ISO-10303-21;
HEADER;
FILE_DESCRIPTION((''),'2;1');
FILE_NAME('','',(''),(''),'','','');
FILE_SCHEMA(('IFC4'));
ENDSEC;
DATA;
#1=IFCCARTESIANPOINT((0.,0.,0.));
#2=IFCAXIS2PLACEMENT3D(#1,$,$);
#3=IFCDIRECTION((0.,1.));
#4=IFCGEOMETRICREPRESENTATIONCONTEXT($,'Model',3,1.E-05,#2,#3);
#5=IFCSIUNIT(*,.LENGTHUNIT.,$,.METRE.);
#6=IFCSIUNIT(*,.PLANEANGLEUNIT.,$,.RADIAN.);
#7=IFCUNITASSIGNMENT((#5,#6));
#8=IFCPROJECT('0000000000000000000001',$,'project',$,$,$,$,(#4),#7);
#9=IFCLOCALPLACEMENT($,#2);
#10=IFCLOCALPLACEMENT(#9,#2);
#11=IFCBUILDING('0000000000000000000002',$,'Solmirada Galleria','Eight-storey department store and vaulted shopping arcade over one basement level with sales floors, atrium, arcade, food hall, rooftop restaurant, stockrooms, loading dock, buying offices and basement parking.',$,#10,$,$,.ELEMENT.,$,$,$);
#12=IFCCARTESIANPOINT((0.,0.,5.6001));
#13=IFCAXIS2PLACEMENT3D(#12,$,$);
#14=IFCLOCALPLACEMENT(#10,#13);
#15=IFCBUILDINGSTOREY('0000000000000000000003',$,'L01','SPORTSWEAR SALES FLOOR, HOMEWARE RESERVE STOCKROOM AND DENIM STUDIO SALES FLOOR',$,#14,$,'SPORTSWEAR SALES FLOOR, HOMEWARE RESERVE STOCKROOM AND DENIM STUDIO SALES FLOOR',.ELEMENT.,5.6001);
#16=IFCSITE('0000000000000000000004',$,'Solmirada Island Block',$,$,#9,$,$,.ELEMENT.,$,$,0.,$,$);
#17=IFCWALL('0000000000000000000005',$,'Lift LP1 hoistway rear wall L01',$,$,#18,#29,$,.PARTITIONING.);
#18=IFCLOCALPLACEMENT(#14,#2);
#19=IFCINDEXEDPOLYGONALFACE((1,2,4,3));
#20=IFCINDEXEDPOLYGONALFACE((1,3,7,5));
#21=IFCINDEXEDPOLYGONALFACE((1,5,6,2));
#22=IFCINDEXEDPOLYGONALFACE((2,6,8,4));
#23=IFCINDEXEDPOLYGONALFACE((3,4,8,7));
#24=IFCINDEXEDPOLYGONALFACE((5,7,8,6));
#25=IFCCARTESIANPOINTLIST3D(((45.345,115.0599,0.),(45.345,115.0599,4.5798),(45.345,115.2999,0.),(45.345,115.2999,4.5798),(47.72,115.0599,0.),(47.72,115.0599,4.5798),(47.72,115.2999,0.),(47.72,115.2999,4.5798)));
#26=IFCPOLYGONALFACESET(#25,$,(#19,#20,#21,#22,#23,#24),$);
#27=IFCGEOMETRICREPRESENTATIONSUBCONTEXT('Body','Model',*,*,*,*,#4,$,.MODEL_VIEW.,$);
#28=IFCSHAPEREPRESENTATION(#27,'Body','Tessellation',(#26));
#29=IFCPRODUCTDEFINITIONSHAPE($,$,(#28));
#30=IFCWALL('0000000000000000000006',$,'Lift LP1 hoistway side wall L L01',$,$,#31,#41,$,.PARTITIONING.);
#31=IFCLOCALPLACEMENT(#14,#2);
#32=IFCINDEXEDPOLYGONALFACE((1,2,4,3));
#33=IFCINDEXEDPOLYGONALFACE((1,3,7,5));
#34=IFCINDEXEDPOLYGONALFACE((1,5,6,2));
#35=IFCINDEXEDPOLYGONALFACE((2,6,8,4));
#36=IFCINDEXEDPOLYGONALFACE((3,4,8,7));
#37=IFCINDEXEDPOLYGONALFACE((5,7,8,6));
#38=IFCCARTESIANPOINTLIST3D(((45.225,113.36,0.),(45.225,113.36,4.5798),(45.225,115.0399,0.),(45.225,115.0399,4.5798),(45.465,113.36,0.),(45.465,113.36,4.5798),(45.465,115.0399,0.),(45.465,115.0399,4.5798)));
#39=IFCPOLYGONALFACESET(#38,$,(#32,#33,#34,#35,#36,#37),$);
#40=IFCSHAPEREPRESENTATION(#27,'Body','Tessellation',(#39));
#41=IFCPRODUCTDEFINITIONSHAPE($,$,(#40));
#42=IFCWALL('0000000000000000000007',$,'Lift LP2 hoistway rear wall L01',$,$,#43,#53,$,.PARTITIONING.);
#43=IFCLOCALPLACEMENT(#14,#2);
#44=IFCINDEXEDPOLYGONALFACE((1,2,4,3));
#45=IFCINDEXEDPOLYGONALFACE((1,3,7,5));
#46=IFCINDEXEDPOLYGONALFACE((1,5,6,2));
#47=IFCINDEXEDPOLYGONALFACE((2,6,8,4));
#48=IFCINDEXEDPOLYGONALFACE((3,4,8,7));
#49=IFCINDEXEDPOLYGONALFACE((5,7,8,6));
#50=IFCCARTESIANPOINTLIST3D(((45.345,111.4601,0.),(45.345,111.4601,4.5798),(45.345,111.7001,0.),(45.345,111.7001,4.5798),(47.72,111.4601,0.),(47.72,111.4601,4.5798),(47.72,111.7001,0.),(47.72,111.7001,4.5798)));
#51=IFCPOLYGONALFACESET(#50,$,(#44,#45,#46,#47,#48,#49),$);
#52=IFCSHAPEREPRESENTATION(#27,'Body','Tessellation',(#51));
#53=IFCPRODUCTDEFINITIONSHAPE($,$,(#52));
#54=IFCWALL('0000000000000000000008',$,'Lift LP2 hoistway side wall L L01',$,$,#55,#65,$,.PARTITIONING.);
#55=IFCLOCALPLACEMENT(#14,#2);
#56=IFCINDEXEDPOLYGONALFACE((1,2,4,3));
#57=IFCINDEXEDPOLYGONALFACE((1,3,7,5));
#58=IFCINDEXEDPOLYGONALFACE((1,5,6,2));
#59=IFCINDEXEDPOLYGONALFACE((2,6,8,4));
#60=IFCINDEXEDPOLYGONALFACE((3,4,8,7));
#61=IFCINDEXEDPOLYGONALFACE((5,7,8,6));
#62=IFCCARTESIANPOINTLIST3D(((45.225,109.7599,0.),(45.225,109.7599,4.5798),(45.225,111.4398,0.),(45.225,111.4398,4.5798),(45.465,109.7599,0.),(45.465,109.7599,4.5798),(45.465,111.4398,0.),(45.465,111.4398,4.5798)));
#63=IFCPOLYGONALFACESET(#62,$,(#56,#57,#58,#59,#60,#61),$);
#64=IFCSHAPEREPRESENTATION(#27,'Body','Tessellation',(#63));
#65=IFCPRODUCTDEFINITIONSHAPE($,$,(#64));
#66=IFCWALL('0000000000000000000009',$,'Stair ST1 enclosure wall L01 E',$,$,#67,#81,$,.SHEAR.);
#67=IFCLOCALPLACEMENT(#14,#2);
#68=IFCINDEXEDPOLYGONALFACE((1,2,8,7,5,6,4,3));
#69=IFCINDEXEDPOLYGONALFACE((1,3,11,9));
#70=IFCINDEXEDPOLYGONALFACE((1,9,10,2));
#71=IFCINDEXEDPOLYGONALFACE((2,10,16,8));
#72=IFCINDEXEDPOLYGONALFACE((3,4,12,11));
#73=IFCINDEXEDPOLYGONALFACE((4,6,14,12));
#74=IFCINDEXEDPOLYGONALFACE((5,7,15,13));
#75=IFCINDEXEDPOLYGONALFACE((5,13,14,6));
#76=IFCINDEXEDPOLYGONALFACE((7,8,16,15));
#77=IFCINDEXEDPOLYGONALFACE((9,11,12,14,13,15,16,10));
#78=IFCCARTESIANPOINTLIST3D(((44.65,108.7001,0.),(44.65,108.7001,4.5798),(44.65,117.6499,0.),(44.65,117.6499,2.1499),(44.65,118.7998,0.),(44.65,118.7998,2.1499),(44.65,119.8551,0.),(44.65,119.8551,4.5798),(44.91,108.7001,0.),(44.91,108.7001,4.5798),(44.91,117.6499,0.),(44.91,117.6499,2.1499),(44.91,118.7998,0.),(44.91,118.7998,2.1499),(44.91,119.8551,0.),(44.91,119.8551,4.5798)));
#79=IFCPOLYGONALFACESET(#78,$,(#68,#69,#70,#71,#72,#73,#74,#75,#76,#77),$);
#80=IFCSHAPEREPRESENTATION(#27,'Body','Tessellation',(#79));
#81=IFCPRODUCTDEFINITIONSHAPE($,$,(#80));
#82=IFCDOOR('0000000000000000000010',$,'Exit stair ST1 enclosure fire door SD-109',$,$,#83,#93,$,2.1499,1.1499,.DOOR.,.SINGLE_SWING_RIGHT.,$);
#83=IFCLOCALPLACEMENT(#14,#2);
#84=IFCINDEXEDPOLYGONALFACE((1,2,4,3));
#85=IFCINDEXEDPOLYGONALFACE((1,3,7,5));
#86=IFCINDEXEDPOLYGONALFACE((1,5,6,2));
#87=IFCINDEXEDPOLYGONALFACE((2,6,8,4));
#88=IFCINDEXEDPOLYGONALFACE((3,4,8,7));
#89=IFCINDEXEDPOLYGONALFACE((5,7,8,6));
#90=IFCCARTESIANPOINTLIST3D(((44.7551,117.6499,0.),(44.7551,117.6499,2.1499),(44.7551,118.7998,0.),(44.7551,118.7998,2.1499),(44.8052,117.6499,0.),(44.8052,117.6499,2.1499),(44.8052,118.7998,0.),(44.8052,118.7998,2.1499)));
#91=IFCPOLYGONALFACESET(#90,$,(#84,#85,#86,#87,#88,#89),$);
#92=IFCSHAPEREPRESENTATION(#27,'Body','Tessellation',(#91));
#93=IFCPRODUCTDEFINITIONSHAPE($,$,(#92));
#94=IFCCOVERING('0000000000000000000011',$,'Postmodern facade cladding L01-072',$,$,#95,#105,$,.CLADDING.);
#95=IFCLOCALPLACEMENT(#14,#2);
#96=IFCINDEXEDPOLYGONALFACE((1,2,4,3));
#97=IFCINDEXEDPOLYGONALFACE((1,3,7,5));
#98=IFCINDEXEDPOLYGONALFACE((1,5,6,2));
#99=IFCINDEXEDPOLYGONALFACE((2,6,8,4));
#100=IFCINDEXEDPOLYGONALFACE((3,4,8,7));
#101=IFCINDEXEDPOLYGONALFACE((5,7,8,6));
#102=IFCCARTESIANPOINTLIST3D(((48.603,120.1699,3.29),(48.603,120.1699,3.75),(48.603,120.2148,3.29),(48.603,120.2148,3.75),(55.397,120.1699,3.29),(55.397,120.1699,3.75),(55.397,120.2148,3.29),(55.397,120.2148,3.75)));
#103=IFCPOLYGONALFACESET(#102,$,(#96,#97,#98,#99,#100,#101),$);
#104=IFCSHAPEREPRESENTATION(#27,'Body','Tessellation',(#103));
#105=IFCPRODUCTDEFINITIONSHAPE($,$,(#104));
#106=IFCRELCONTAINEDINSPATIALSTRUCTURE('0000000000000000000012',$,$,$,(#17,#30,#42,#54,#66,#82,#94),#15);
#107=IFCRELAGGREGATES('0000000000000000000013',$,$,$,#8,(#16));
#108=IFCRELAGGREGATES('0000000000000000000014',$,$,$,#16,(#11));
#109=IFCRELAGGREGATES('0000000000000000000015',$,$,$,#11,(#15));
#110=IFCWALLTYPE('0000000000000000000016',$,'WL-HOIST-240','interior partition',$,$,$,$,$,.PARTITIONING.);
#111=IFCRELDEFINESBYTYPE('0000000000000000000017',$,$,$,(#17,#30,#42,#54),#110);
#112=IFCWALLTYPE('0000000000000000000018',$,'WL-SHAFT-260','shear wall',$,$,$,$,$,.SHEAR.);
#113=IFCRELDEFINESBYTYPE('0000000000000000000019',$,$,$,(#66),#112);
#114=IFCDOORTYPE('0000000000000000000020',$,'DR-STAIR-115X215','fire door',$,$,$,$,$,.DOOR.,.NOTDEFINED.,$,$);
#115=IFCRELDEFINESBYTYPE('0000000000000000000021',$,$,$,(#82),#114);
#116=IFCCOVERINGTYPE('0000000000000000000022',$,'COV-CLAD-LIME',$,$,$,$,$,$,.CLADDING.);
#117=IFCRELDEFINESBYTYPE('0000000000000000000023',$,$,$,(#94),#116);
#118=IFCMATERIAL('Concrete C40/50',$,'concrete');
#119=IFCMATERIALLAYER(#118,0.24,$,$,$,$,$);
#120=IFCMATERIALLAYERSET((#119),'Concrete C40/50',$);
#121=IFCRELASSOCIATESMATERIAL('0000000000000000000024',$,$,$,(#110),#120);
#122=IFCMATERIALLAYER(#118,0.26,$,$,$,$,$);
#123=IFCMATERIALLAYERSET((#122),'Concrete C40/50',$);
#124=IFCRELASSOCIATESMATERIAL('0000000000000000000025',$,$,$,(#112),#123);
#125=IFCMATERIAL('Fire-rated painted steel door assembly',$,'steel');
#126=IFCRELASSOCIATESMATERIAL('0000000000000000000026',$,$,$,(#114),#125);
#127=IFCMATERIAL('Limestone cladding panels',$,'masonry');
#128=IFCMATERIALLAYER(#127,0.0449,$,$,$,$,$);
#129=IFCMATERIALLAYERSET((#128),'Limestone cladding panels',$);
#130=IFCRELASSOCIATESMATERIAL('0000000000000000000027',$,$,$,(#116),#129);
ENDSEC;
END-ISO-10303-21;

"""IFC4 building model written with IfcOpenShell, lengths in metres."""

from ifc_helpers import new_model, si_unit, direction, frame, frame_2d, origin, origin_2d, place, context, subcontext, project, spatial, rectangle, extrude, material, layer, layer_set, type_object, element, fill, save


model = new_model("IFC4")

# Units and contexts
model_context = context("Model", 3, precision=1e-05, world=origin(), true_north=direction((0.0, 1.0)))
body_context = subcontext(model_context, "Body", "Model", "MODEL_VIEW")
ifc_project = project(units=[si_unit("LENGTHUNIT", "METRE"), si_unit("PLANEANGLEUNIT", "RADIAN")], contexts=[model_context])

# Site, building, storey
site_placement = place(None, origin())
site = spatial("IfcSite", under=ifc_project, at=site_placement, Name="Solmirada Island Block", CompositionType="ELEMENT", RefElevation=0.0)
building_placement = place(site_placement, origin())
building = spatial("IfcBuilding", under=site, at=building_placement, Name="Solmirada Galleria", Description="Eight-storey department store and vaulted shopping arcade over one basement level with sales floors, atrium, arcade, food hall, rooftop restaurant, stockrooms, loading dock, buying offices and basement parking.", CompositionType="ELEMENT")
storey_placement = place(building_placement, frame((0.0, 0.0, 5.6001)))
storey = spatial("IfcBuildingStorey", under=building, at=storey_placement, Name="L01", Description="SPORTSWEAR SALES FLOOR, HOMEWARE RESERVE STOCKROOM AND DENIM STUDIO SALES FLOOR", LongName="SPORTSWEAR SALES FLOOR, HOMEWARE RESERVE STOCKROOM AND DENIM STUDIO SALES FLOOR", CompositionType="ELEMENT", Elevation=5.6001)

# Shared definitions
ifc_material_1 = material(Name="Concrete C40/50", Category="concrete")

# Shared definitions
ifc_material_2 = material(Name="Fire-rated painted steel door assembly", Category="steel")

# Shared definitions
ifc_layer_1 = layer(ifc_material_1, 0.24)
ifc_layer_set_1 = layer_set([ifc_layer_1], Name="Concrete C40/50")
wall_type_1 = type_object("IfcWallType", Name="WL-HOIST-240", Description="interior partition", PredefinedType="PARTITIONING", material=ifc_layer_set_1)

# Walls
wall_1_placement = place(storey_placement, frame((45.345, 115.1799, 0.0), z_axis=(0.0, 0.0, 1.0), x_axis=(1.0, 0.0, 0.0)))
element("IfcWall", 1, at=wall_1_placement, inside=storey, type_object=wall_type_1, Name="Lift LP1 hoistway rear wall L01", PredefinedType="PARTITIONING", context=body_context, shape_type="SweptSolid", body=[
    extrude(rectangle(XDim=2.375, YDim=0.24, at=frame_2d((1.1875, 0.0))), origin(), (0.0, 0.0, 1.0), 4.5798),
])
wall_2_placement = place(storey_placement, frame((45.345, 113.3601, 0.0), z_axis=(0.0, 0.0, 1.0), x_axis=(0.0, 1.0, 0.0)))
element("IfcWall", 2, at=wall_2_placement, inside=storey, type_object=wall_type_1, Name="Lift LP1 hoistway side wall L L01", PredefinedType="PARTITIONING", context=body_context, shape_type="SweptSolid", body=[
    extrude(rectangle(XDim=1.6799, YDim=0.24, at=frame_2d((0.8398, 0.0))), origin(), (0.0, 0.0, 1.0), 4.5798),
])

# Walls
wall_3_placement = place(storey_placement, frame((45.345, 111.5801, 0.0), z_axis=(0.0, 0.0, 1.0), x_axis=(1.0, 0.0, 0.0)))
element("IfcWall", 3, at=wall_3_placement, inside=storey, type_object=wall_type_1, Name="Lift LP2 hoistway rear wall L01", PredefinedType="PARTITIONING", context=body_context, shape_type="SweptSolid", body=[
    extrude(rectangle(XDim=2.375, YDim=0.24, at=frame_2d((1.1875, 0.0))), origin(), (0.0, 0.0, 1.0), 4.5798),
])
wall_4_placement = place(storey_placement, frame((45.345, 109.76, 0.0), z_axis=(0.0, 0.0, 1.0), x_axis=(0.0, 1.0, 0.0)))
element("IfcWall", 4, at=wall_4_placement, inside=storey, type_object=wall_type_1, Name="Lift LP2 hoistway side wall L L01", PredefinedType="PARTITIONING", context=body_context, shape_type="SweptSolid", body=[
    extrude(rectangle(XDim=1.6799, YDim=0.24, at=frame_2d((0.8398, 0.0))), origin(), (0.0, 0.0, 1.0), 4.5798),
])

# Wall, opening, door
ifc_layer_2 = layer(ifc_material_1, 0.26)
ifc_layer_set_2 = layer_set([ifc_layer_2], Name="Concrete C40/50")
wall_type_2 = type_object("IfcWallType", Name="WL-SHAFT-260", Description="shear wall", PredefinedType="SHEAR", material=ifc_layer_set_2)
wall_5_placement = place(storey_placement, frame((44.78, 108.7, 0.0), z_axis=(0.0, 0.0, 1.0), x_axis=(0.0, 1.0, 0.0)))
wall_5 = element("IfcWall", 5, at=wall_5_placement, inside=storey, type_object=wall_type_2, Name="Stair ST1 enclosure wall L01 E", PredefinedType="SHEAR", context=body_context, shape_type="SweptSolid", body=[
    extrude(rectangle(XDim=11.155, YDim=0.26, at=frame_2d((5.5776, 0.0))), origin(), (0.0, 0.0, 1.0), 4.5798),
])
opening_1_placement = place(wall_5_placement, frame((8.95, 0.0, 0.0)))
opening_1 = element("IfcOpeningElement", 6, at=opening_1_placement, cuts=wall_5, PredefinedType="OPENING", context=body_context, shape_type="SweptSolid", body=[
    extrude(rectangle(XDim=1.1499, YDim=2.1499, at=frame_2d((0.575, 1.075))), frame((0.0, 0.1399, 0.0), z_axis=(0.0, -1.0, 0.0), x_axis=(1.0, 0.0, 0.0)), (0.0, 0.0, 1.0), 0.28),
])
door_type_1 = type_object("IfcDoorType", Name="DR-STAIR-115X215", Description="fire door", OperationType="NOTDEFINED", PredefinedType="DOOR", material=ifc_material_2)
door_1_placement = place(opening_1_placement, origin())
door_1 = element("IfcDoor", 7, at=door_1_placement, inside=storey, type_object=door_type_1, Name="Exit stair ST1 enclosure fire door SD-109", OperationType="SINGLE_SWING_RIGHT", OverallHeight=2.1499, OverallWidth=1.1499, PredefinedType="DOOR", context=body_context, shape_type="SweptSolid", body=[
    extrude(rectangle(XDim=1.1499, YDim=2.1499, at=frame_2d((0.575, 1.075))), frame((0.0, 0.0249, 0.0), z_axis=(0.0, -1.0, 0.0), x_axis=(1.0, 0.0, 0.0)), (0.0, 0.0, 1.0), 0.05),
])
fill(opening_1, door_1)

# Covering
ifc_material_3 = material(Name="Limestone cladding panels", Category="masonry")
ifc_layer_3 = layer(ifc_material_3, 0.0449)
ifc_layer_set_3 = layer_set([ifc_layer_3], Name="Limestone cladding panels")
covering_type = type_object("IfcCoveringType", Name="COV-CLAD-LIME", PredefinedType="CLADDING", material=ifc_layer_set_3)
covering_placement = place(storey_placement, frame((52.0, 120.1924, 3.29), z_axis=(0.0, 0.0, 1.0), x_axis=(1.0, 0.0, 0.0)))
element("IfcCovering", 8, at=covering_placement, inside=storey, type_object=covering_type, Name="Postmodern facade cladding L01-072", PredefinedType="CLADDING", context=body_context, shape_type="SweptSolid", body=[
    extrude(rectangle(XDim=6.7939, YDim=0.0449, at=origin_2d()), origin(), (0.0, 0.0, 1.0), 0.46),
])

save(model, "model.ifc")
